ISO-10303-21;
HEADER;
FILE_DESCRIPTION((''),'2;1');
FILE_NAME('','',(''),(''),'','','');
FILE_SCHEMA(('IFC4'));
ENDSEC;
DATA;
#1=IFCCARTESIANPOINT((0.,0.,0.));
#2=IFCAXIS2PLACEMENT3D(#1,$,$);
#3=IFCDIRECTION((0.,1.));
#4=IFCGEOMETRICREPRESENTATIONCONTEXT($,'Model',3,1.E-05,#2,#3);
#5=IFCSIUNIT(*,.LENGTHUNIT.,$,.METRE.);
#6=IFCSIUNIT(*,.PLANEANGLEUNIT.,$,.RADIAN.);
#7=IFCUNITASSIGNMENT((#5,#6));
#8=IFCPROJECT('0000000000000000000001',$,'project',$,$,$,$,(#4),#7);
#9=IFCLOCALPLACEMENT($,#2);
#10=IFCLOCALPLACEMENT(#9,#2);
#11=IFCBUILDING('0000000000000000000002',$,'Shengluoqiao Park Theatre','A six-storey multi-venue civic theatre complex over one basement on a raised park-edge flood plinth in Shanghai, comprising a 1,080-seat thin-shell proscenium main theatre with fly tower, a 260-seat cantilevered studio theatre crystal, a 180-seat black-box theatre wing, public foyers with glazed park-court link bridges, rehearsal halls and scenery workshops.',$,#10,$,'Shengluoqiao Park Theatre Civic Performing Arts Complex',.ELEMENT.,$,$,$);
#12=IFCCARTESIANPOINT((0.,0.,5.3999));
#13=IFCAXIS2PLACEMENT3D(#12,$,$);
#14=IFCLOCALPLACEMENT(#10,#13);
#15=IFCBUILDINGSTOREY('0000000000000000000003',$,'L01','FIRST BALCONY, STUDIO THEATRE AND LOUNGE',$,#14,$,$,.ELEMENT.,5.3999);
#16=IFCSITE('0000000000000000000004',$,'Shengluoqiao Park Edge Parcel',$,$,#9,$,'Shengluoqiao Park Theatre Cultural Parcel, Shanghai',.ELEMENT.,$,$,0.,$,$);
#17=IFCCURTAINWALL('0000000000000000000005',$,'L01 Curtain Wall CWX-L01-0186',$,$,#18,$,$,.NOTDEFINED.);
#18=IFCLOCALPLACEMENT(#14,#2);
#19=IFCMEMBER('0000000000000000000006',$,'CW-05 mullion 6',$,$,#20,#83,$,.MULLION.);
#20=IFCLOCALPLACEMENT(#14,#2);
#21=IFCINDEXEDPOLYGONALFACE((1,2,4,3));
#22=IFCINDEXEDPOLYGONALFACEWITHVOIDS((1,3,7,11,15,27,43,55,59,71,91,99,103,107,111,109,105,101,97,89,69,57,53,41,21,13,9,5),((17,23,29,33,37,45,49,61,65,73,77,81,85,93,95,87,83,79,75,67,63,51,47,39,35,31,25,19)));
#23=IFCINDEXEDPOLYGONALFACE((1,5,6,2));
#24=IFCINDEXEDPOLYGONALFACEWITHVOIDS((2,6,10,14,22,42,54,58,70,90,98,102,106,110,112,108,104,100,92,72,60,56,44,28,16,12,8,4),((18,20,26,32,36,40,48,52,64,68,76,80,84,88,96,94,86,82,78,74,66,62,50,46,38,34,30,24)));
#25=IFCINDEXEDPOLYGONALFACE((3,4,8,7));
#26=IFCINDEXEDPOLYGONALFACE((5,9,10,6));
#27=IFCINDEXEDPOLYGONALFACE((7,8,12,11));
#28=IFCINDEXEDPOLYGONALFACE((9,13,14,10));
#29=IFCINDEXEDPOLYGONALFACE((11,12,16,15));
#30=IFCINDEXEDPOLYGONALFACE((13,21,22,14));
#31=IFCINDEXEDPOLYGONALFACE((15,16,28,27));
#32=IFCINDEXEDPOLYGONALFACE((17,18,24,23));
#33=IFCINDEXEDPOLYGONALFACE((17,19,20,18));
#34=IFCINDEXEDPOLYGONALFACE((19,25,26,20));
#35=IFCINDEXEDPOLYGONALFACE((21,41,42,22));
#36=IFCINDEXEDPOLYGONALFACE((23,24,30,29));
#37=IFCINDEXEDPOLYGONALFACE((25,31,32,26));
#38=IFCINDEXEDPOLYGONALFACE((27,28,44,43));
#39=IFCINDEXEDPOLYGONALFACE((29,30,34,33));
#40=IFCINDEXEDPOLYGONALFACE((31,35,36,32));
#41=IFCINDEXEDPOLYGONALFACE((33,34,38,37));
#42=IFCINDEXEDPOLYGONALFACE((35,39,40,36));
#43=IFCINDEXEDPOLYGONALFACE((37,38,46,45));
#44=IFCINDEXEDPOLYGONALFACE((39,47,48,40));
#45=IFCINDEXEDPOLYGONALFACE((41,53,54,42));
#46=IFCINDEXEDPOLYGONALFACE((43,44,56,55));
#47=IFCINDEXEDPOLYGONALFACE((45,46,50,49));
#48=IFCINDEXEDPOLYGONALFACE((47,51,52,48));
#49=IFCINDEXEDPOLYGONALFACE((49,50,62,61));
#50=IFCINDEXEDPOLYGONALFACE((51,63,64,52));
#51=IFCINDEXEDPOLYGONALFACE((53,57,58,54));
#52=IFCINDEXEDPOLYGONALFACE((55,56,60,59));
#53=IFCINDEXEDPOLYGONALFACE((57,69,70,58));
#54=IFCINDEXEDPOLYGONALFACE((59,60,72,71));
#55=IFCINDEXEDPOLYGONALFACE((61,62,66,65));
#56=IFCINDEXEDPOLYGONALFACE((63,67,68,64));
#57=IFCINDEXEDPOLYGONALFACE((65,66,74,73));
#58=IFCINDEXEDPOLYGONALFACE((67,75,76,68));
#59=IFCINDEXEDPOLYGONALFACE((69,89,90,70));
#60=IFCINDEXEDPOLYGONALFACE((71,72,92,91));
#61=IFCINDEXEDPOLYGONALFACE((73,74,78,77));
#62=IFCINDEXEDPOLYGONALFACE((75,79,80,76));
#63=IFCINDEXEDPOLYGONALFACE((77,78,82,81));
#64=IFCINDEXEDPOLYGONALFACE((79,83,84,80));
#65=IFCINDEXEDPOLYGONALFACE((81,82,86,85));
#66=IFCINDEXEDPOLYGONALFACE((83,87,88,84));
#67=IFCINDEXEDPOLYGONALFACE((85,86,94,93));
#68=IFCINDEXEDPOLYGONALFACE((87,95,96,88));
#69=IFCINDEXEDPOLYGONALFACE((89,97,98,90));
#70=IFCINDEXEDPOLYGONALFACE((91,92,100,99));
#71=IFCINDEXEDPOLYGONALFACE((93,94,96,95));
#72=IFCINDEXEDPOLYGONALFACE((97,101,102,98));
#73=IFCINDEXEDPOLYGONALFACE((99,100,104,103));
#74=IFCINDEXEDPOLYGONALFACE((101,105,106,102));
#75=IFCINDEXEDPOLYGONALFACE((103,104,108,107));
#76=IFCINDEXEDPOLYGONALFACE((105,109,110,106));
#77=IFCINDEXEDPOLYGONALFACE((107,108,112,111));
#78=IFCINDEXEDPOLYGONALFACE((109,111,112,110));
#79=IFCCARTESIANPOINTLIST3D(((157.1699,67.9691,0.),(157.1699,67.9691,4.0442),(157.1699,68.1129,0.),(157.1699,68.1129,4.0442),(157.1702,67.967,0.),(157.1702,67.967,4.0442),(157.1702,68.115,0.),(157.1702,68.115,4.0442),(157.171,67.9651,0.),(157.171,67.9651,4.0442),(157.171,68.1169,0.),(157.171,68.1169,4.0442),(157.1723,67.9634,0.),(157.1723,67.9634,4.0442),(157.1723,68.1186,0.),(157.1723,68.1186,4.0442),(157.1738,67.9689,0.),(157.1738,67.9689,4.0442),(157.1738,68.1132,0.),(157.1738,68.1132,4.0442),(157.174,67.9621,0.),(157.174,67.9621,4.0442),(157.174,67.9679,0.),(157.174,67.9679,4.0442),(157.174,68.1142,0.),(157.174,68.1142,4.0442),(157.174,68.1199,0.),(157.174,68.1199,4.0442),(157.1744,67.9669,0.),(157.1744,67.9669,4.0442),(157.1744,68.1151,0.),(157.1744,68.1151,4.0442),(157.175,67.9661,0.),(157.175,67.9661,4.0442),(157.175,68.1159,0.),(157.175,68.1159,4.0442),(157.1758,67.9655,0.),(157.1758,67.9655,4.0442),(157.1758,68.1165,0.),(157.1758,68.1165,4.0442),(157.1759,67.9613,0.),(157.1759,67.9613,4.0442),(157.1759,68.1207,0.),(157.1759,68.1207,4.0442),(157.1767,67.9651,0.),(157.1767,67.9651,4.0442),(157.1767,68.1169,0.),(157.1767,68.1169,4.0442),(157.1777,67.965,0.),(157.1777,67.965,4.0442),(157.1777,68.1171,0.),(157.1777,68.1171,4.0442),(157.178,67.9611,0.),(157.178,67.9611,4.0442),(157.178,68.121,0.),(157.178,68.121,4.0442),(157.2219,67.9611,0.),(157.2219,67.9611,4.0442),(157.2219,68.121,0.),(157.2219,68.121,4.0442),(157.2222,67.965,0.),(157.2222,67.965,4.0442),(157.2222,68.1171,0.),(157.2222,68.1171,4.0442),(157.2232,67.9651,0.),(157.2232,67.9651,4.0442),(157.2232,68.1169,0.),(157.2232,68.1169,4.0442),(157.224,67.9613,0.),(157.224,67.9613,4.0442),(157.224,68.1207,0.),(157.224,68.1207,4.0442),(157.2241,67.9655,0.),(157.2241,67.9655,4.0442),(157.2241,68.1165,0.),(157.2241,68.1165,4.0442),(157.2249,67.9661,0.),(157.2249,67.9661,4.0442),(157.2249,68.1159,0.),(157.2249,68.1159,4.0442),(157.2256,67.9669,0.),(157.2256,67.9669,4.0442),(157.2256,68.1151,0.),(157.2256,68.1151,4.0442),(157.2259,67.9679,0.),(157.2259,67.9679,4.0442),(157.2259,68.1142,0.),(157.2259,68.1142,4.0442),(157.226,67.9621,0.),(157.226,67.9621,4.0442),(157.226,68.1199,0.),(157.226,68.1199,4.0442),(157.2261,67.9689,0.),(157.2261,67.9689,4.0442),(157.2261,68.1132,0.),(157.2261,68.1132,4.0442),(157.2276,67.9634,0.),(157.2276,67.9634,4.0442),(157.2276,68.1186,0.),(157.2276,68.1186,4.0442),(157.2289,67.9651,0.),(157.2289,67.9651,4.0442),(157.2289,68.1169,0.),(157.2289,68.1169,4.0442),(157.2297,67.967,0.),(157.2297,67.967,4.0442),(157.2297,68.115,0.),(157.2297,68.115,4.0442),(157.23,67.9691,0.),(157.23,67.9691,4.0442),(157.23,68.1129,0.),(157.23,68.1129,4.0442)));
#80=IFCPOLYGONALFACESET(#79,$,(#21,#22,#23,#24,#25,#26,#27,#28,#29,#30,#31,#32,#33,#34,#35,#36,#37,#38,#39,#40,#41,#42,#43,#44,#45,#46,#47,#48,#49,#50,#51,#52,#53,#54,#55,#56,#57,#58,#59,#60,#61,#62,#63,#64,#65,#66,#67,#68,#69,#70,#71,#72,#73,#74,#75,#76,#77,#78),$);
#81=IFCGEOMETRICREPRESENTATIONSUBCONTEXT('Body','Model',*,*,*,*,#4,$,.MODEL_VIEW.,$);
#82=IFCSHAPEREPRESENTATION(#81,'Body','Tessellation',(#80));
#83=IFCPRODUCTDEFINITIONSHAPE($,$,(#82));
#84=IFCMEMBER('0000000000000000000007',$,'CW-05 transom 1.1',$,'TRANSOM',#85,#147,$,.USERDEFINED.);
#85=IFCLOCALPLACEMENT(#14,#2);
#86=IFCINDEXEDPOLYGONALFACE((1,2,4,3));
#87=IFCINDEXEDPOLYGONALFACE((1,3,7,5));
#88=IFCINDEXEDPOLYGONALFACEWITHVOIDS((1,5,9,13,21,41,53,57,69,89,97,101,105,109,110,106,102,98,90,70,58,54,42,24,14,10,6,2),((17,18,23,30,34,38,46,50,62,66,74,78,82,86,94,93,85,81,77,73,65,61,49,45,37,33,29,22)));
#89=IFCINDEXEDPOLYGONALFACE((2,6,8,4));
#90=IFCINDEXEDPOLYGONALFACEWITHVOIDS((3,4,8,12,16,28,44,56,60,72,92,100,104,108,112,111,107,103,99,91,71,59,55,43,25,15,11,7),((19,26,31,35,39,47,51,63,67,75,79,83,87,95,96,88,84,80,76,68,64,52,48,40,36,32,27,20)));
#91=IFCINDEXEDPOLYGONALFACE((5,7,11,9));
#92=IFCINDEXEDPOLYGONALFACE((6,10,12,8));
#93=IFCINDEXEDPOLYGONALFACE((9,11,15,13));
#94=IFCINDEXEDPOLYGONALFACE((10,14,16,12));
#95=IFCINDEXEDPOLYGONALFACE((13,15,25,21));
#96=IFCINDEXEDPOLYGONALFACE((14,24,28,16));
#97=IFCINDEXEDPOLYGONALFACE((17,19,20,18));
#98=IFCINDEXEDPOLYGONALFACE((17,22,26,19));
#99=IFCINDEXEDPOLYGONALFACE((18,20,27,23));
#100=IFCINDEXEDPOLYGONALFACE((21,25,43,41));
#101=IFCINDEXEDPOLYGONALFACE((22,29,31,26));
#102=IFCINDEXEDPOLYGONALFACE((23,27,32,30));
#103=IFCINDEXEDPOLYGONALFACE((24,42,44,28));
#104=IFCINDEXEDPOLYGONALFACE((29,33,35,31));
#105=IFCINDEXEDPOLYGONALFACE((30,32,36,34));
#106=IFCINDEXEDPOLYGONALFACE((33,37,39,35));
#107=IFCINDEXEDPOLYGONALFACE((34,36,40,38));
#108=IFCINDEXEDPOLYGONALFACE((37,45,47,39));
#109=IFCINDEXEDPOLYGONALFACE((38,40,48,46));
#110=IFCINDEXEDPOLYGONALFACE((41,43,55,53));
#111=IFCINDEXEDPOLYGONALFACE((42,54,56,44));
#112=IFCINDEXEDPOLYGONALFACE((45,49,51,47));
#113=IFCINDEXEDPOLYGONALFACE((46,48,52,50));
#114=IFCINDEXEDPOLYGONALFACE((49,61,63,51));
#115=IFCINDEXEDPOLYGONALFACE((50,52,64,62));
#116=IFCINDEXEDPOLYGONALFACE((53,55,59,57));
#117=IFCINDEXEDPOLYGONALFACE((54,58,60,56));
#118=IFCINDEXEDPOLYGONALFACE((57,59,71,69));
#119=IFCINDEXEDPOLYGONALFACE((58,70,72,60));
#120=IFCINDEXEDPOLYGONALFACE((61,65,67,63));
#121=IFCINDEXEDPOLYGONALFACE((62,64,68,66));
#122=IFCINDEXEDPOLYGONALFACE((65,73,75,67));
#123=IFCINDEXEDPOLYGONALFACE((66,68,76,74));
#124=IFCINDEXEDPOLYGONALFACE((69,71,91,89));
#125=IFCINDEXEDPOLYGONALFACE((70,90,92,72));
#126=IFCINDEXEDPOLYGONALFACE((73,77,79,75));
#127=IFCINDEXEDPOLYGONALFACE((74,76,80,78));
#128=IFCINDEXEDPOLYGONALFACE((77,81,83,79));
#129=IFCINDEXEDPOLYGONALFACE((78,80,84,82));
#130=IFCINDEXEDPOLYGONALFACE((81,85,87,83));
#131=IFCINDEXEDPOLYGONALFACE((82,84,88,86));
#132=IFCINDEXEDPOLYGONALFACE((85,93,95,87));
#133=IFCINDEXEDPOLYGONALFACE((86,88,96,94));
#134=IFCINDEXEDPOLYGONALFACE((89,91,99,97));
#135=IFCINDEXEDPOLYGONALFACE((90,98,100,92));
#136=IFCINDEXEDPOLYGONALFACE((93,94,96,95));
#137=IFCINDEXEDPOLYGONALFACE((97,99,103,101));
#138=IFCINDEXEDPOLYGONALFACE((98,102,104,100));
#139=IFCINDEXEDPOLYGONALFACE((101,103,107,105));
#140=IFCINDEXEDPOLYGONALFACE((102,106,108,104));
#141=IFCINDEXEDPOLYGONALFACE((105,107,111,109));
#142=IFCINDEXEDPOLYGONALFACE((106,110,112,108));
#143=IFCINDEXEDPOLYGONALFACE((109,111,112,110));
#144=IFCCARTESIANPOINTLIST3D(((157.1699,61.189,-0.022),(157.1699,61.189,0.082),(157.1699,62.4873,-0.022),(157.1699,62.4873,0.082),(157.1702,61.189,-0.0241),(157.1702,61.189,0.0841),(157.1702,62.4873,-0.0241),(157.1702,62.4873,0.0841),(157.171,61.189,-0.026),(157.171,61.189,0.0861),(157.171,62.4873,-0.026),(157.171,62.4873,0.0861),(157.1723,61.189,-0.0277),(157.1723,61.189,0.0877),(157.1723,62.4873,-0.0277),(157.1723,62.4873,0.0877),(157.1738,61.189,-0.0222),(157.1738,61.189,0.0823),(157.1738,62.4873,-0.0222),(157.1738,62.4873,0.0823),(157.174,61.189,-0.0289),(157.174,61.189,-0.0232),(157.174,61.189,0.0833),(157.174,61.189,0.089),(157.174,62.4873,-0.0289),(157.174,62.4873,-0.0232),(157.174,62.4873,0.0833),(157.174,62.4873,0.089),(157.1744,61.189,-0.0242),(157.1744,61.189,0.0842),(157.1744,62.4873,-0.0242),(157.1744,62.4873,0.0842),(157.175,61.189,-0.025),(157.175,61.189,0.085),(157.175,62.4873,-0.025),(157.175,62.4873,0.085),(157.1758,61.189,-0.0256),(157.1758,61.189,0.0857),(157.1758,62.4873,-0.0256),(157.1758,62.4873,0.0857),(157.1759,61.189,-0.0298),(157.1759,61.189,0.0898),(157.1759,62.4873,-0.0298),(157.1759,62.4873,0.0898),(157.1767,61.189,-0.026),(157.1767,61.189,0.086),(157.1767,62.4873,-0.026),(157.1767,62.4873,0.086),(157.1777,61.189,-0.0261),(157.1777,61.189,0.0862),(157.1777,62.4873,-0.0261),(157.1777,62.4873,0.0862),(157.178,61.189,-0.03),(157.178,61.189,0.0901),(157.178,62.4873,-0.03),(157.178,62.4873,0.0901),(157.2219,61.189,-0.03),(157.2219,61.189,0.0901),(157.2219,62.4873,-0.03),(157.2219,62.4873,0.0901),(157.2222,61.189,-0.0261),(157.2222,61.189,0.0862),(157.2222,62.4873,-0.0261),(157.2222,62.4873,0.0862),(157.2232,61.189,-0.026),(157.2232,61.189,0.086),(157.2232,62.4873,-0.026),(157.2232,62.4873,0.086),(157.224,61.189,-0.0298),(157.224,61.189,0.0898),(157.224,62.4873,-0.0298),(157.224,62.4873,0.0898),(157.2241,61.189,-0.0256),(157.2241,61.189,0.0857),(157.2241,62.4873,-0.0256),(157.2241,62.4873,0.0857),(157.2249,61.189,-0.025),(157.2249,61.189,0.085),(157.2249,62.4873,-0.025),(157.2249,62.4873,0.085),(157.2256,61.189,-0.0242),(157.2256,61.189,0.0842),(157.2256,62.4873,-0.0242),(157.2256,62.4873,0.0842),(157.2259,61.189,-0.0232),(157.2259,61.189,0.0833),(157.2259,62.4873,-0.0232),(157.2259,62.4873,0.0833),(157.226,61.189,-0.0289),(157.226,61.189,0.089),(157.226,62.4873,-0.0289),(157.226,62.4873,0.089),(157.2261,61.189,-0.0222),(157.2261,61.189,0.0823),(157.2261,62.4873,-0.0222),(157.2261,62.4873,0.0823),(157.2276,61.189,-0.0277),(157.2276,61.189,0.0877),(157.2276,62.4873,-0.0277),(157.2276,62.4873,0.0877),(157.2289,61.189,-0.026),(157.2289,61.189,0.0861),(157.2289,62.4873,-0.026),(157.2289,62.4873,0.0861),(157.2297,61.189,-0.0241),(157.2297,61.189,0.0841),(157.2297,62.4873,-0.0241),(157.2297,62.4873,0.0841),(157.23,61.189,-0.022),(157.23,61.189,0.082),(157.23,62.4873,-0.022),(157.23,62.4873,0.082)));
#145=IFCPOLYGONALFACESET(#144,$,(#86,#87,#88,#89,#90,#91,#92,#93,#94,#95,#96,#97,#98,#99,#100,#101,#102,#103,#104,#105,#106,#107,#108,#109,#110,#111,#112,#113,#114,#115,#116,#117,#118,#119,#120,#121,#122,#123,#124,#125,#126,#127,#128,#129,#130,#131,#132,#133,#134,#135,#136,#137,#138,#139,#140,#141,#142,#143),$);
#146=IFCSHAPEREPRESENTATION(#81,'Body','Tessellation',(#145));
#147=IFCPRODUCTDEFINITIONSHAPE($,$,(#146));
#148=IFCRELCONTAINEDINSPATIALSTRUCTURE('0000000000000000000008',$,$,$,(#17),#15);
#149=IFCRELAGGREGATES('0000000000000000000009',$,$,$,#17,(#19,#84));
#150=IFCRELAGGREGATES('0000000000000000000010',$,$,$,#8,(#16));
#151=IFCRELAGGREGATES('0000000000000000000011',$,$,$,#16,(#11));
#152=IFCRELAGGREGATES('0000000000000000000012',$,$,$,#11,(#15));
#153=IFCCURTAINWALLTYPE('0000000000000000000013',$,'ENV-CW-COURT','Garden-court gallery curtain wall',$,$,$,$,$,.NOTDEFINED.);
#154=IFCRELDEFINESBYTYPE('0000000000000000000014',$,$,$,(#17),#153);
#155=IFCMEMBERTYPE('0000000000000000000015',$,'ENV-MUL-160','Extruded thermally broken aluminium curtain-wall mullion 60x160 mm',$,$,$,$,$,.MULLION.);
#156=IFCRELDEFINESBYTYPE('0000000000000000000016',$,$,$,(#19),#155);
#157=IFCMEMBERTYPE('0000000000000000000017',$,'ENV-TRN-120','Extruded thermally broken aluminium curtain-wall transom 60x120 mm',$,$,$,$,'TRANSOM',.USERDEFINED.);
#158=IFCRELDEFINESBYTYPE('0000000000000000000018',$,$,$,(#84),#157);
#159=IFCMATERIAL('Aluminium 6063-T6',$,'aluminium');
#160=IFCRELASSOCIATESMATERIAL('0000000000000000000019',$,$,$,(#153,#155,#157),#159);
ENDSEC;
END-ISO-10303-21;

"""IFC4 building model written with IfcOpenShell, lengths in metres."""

from ifc_helpers import new_model, si_unit, direction, frame, origin, origin_2d, place, context, subcontext, project, spatial, hollow_rectangle, extrude, material, material_profile, profile_set, type_object, element, aggregate, save


model = new_model("IFC4")

# Units and contexts
model_context = context("Model", 3, precision=1e-05, world=origin(), true_north=direction((0.0, 1.0)))
body_context = subcontext(model_context, "Body", "Model", "MODEL_VIEW")
ifc_project = project(units=[si_unit("LENGTHUNIT", "METRE"), si_unit("PLANEANGLEUNIT", "RADIAN")], contexts=[model_context])

# Site, building, storey
site_placement = place(None, origin())
site = spatial("IfcSite", under=ifc_project, at=site_placement, Name="Shengluoqiao Park Edge Parcel", LongName="Shengluoqiao Park Theatre Cultural Parcel, Shanghai", CompositionType="ELEMENT", RefElevation=0.0)
building_placement = place(site_placement, origin())
building = spatial("IfcBuilding", under=site, at=building_placement, Name="Shengluoqiao Park Theatre", Description="A six-storey multi-venue civic theatre complex over one basement on a raised park-edge flood plinth in Shanghai, comprising a 1,080-seat thin-shell proscenium main theatre with fly tower, a 260-seat cantilevered studio theatre crystal, a 180-seat black-box theatre wing, public foyers with glazed park-court link bridges, rehearsal halls and scenery workshops.", LongName="Shengluoqiao Park Theatre Civic Performing Arts Complex", CompositionType="ELEMENT")
storey_placement = place(building_placement, frame((0.0, 0.0, 5.3999)))
storey = spatial("IfcBuildingStorey", under=building, at=storey_placement, Name="L01", Description="FIRST BALCONY, STUDIO THEATRE AND LOUNGE", CompositionType="ELEMENT", Elevation=5.3999)

# Curtain wall, members
ifc_material_1 = material(Name="Aluminium 6063-T6", Category="aluminium")
curtain_wall_type = type_object("IfcCurtainWallType", Name="ENV-CW-COURT", Description="Garden-court gallery curtain wall", PredefinedType="NOTDEFINED", material=ifc_material_1)
curtain_wall_placement = place(storey_placement, origin())
curtain_wall = element("IfcCurtainWall", 1, at=curtain_wall_placement, inside=storey, type_object=curtain_wall_type, Name="L01 Curtain Wall CWX-L01-0186", PredefinedType="NOTDEFINED")
ifc_material_profile_1 = material_profile(ifc_material_1, hollow_rectangle(XDim=0.0601, YDim=0.1599, WallThickness=0.0039, InnerFilletRadius=0.0039, OuterFilletRadius=0.0081, at=origin_2d()), Name="ALU MULLION 160x60x4")
ifc_profile_set_1 = profile_set([ifc_material_profile_1], Name="Aluminium 6063-T6")
member_type_1 = type_object("IfcMemberType", Name="ENV-MUL-160", Description="Extruded thermally broken aluminium curtain-wall mullion 60x160 mm", PredefinedType="MULLION", material=ifc_profile_set_1)
member_1_placement = place(storey_placement, frame((157.2, 68.041, 0.0), z_axis=(0.0, 0.0, 1.0), x_axis=(-1.0, 0.0, 0.0)))
member_1 = element("IfcMember", 2, at=member_1_placement, type_object=member_type_1, Name="CW-05 mullion 6", PredefinedType="MULLION", context=body_context, shape_type="SweptSolid", body=[
    extrude(hollow_rectangle(XDim=0.0601, YDim=0.1599, WallThickness=0.0039, InnerFilletRadius=0.0039, OuterFilletRadius=0.0081, at=origin_2d()), origin(), (0.0, 0.0, 1.0), 4.0442),
])
ifc_material_profile_2 = material_profile(ifc_material_1, hollow_rectangle(XDim=0.0601, YDim=0.1201, WallThickness=0.0039, InnerFilletRadius=0.0039, OuterFilletRadius=0.0081, at=origin_2d()), Name="ALU TRANSOM 120x60x4")
ifc_profile_set_2 = profile_set([ifc_material_profile_2], Name="Aluminium 6063-T6")
member_type_2 = type_object("IfcMemberType", Name="ENV-TRN-120", Description="Extruded thermally broken aluminium curtain-wall transom 60x120 mm", ElementType="TRANSOM", PredefinedType="USERDEFINED", material=ifc_profile_set_2)
member_2_placement = place(storey_placement, frame((157.2, 61.189, 0.03), z_axis=(0.0, 1.0, 0.0), x_axis=(-1.0, 0.0, 0.0)))
member_2 = element("IfcMember", 3, at=member_2_placement, type_object=member_type_2, Name="CW-05 transom 1.1", ObjectType="TRANSOM", PredefinedType="USERDEFINED", context=body_context, shape_type="SweptSolid", body=[
    extrude(hollow_rectangle(XDim=0.0601, YDim=0.1201, WallThickness=0.0039, InnerFilletRadius=0.0039, OuterFilletRadius=0.0081, at=origin_2d()), origin(), (0.0, 0.0, 1.0), 1.2983),
])
aggregate(curtain_wall, [member_1, member_2])

save(model, "model.ifc")
